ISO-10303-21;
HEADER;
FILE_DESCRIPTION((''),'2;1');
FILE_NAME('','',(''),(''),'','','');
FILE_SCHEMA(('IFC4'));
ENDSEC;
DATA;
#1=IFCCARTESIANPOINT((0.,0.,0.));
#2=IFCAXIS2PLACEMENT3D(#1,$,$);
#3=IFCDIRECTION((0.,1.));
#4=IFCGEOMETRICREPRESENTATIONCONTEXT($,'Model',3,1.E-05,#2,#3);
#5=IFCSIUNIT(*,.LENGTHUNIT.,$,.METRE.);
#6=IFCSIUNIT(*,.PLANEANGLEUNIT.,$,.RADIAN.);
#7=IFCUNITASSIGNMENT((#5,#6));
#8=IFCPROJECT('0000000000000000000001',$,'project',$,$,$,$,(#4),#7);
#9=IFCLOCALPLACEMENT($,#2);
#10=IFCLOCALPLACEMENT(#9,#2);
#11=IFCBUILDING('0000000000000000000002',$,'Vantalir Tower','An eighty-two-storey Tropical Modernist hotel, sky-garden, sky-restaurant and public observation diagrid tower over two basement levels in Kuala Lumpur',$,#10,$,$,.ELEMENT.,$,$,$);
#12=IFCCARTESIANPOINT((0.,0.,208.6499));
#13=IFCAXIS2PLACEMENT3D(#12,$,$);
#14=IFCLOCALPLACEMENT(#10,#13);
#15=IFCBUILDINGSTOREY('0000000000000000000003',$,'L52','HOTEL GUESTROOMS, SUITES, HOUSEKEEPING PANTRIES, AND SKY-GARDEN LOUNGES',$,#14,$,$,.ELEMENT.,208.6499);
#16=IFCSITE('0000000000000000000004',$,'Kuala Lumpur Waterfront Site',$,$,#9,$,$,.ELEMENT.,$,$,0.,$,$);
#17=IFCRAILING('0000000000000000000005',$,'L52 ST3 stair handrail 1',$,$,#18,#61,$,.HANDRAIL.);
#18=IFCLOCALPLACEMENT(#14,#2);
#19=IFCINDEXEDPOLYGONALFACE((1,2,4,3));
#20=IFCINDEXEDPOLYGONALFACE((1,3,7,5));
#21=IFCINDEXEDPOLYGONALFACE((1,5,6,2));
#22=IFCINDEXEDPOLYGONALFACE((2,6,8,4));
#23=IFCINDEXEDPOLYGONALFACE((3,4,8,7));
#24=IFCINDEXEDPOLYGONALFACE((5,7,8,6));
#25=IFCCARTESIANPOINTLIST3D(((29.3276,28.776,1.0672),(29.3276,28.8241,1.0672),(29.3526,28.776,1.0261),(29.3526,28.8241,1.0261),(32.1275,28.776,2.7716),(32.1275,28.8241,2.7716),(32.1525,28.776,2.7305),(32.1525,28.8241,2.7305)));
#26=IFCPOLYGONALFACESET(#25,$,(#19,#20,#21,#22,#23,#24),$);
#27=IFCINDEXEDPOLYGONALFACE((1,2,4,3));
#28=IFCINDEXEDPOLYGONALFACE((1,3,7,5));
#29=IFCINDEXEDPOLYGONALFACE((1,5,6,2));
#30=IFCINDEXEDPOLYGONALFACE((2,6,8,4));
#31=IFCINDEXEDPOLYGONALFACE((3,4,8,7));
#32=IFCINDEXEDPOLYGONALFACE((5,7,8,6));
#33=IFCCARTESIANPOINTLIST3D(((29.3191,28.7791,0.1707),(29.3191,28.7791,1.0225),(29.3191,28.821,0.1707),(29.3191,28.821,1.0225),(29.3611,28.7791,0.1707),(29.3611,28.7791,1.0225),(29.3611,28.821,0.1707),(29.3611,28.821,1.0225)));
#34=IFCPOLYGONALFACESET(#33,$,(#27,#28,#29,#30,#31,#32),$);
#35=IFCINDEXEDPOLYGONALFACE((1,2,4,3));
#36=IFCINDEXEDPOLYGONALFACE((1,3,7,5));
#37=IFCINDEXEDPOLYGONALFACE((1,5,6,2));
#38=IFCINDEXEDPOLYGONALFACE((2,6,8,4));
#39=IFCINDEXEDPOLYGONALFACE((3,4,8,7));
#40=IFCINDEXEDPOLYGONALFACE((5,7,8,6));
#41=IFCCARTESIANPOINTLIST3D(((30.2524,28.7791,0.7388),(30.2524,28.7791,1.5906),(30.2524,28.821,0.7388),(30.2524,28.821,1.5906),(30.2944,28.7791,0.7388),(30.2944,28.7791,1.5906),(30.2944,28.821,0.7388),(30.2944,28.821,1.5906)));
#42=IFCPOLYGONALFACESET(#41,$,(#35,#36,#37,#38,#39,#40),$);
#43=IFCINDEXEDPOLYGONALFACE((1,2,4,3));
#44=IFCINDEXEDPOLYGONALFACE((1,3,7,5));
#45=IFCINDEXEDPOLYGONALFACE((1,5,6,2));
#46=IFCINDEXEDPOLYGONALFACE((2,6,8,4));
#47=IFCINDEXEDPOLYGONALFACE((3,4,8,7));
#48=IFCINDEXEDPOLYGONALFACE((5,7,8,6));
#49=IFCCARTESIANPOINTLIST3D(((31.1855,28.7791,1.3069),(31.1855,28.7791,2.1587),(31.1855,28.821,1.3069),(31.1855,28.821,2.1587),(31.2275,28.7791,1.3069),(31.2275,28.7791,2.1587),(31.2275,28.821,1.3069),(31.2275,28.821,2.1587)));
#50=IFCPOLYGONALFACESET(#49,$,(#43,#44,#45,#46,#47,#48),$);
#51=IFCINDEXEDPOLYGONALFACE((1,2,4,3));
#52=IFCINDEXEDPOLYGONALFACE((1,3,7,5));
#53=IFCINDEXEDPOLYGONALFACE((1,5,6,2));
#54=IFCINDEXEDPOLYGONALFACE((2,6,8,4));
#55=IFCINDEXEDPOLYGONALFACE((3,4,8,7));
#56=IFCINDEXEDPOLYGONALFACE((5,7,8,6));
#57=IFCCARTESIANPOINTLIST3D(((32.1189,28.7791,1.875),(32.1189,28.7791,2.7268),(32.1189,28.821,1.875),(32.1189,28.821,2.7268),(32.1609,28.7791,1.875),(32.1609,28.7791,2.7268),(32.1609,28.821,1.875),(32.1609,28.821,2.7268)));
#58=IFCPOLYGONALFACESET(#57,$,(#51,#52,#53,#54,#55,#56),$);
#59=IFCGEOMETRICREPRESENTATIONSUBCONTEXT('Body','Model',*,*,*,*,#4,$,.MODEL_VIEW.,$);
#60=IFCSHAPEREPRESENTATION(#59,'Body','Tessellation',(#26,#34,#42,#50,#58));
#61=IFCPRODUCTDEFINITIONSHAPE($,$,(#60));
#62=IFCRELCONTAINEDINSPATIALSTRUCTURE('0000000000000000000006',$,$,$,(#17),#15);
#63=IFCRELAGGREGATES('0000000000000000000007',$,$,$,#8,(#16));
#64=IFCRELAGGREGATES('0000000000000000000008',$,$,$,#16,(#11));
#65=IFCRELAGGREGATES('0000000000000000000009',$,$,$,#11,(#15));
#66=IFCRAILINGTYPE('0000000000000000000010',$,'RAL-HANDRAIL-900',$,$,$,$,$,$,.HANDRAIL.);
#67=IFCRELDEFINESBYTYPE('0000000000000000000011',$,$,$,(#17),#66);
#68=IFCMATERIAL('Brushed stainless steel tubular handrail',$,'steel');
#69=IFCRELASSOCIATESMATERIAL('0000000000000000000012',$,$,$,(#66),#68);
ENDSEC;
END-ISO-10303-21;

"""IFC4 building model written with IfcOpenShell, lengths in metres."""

from ifc_helpers import new_model, si_unit, direction, frame, origin, origin_2d, place, context, subcontext, project, spatial, rectangle, extrude, material, type_object, element, save


model = new_model("IFC4")

# Units and contexts
model_context = context("Model", 3, precision=1e-05, world=origin(), true_north=direction((0.0, 1.0)))
body_context = subcontext(model_context, "Body", "Model", "MODEL_VIEW")
ifc_project = project(units=[si_unit("LENGTHUNIT", "METRE"), si_unit("PLANEANGLEUNIT", "RADIAN")], contexts=[model_context])

# Site, building, storey
site_placement = place(None, origin())
site = spatial("IfcSite", under=ifc_project, at=site_placement, Name="Kuala Lumpur Waterfront Site", CompositionType="ELEMENT", RefElevation=0.0)
building_placement = place(site_placement, origin())
building = spatial("IfcBuilding", under=site, at=building_placement, Name="Vantalir Tower", Description="An eighty-two-storey Tropical Modernist hotel, sky-garden, sky-restaurant and public observation diagrid tower over two basement levels in Kuala Lumpur", CompositionType="ELEMENT")
storey_placement = place(building_placement, frame((0.0, 0.0, 208.6499)))
storey = spatial("IfcBuildingStorey", under=building, at=storey_placement, Name="L52", Description="HOTEL GUESTROOMS, SUITES, HOUSEKEEPING PANTRIES, AND SKY-GARDEN LOUNGES", CompositionType="ELEMENT", Elevation=208.6499)

# Railing
ifc_material_1 = material(Name="Brushed stainless steel tubular handrail", Category="steel")
railing_type_1 = type_object("IfcRailingType", Name="RAL-HANDRAIL-900", PredefinedType="HANDRAIL", material=ifc_material_1)
railing_1_placement = place(storey_placement, frame((29.3401, 28.8, 0.1707)))
element("IfcRailing", 1, at=railing_1_placement, inside=storey, type_object=railing_type_1, Name="L52 ST3 stair handrail 1", PredefinedType="HANDRAIL", context=body_context, shape_type="SweptSolid", body=[
    extrude(rectangle(XDim=0.0481, YDim=0.0481, at=origin_2d()), frame((0.0, 0.0, 0.876), z_axis=(0.854183, 0.0, 0.519973), x_axis=(0.0, 1.0, 0.0)), (0.0, 0.0, 1.0), 3.2778),
    extrude(rectangle(XDim=0.042, YDim=0.042, at=origin_2d()), origin(), (0.0, 0.0, 1.0), 0.8518),
    extrude(rectangle(XDim=0.042, YDim=0.042, at=origin_2d()), frame((0.9333, 0.0, 0.5681)), (0.0, 0.0, 1.0), 0.8518),
    extrude(rectangle(XDim=0.042, YDim=0.042, at=origin_2d()), frame((1.8665, 0.0, 1.1362)), (0.0, 0.0, 1.0), 0.8518),
    extrude(rectangle(XDim=0.042, YDim=0.042, at=origin_2d()), frame((2.7998, 0.0, 1.7043)), (0.0, 0.0, 1.0), 0.8518),
])

save(model, "model.ifc")
